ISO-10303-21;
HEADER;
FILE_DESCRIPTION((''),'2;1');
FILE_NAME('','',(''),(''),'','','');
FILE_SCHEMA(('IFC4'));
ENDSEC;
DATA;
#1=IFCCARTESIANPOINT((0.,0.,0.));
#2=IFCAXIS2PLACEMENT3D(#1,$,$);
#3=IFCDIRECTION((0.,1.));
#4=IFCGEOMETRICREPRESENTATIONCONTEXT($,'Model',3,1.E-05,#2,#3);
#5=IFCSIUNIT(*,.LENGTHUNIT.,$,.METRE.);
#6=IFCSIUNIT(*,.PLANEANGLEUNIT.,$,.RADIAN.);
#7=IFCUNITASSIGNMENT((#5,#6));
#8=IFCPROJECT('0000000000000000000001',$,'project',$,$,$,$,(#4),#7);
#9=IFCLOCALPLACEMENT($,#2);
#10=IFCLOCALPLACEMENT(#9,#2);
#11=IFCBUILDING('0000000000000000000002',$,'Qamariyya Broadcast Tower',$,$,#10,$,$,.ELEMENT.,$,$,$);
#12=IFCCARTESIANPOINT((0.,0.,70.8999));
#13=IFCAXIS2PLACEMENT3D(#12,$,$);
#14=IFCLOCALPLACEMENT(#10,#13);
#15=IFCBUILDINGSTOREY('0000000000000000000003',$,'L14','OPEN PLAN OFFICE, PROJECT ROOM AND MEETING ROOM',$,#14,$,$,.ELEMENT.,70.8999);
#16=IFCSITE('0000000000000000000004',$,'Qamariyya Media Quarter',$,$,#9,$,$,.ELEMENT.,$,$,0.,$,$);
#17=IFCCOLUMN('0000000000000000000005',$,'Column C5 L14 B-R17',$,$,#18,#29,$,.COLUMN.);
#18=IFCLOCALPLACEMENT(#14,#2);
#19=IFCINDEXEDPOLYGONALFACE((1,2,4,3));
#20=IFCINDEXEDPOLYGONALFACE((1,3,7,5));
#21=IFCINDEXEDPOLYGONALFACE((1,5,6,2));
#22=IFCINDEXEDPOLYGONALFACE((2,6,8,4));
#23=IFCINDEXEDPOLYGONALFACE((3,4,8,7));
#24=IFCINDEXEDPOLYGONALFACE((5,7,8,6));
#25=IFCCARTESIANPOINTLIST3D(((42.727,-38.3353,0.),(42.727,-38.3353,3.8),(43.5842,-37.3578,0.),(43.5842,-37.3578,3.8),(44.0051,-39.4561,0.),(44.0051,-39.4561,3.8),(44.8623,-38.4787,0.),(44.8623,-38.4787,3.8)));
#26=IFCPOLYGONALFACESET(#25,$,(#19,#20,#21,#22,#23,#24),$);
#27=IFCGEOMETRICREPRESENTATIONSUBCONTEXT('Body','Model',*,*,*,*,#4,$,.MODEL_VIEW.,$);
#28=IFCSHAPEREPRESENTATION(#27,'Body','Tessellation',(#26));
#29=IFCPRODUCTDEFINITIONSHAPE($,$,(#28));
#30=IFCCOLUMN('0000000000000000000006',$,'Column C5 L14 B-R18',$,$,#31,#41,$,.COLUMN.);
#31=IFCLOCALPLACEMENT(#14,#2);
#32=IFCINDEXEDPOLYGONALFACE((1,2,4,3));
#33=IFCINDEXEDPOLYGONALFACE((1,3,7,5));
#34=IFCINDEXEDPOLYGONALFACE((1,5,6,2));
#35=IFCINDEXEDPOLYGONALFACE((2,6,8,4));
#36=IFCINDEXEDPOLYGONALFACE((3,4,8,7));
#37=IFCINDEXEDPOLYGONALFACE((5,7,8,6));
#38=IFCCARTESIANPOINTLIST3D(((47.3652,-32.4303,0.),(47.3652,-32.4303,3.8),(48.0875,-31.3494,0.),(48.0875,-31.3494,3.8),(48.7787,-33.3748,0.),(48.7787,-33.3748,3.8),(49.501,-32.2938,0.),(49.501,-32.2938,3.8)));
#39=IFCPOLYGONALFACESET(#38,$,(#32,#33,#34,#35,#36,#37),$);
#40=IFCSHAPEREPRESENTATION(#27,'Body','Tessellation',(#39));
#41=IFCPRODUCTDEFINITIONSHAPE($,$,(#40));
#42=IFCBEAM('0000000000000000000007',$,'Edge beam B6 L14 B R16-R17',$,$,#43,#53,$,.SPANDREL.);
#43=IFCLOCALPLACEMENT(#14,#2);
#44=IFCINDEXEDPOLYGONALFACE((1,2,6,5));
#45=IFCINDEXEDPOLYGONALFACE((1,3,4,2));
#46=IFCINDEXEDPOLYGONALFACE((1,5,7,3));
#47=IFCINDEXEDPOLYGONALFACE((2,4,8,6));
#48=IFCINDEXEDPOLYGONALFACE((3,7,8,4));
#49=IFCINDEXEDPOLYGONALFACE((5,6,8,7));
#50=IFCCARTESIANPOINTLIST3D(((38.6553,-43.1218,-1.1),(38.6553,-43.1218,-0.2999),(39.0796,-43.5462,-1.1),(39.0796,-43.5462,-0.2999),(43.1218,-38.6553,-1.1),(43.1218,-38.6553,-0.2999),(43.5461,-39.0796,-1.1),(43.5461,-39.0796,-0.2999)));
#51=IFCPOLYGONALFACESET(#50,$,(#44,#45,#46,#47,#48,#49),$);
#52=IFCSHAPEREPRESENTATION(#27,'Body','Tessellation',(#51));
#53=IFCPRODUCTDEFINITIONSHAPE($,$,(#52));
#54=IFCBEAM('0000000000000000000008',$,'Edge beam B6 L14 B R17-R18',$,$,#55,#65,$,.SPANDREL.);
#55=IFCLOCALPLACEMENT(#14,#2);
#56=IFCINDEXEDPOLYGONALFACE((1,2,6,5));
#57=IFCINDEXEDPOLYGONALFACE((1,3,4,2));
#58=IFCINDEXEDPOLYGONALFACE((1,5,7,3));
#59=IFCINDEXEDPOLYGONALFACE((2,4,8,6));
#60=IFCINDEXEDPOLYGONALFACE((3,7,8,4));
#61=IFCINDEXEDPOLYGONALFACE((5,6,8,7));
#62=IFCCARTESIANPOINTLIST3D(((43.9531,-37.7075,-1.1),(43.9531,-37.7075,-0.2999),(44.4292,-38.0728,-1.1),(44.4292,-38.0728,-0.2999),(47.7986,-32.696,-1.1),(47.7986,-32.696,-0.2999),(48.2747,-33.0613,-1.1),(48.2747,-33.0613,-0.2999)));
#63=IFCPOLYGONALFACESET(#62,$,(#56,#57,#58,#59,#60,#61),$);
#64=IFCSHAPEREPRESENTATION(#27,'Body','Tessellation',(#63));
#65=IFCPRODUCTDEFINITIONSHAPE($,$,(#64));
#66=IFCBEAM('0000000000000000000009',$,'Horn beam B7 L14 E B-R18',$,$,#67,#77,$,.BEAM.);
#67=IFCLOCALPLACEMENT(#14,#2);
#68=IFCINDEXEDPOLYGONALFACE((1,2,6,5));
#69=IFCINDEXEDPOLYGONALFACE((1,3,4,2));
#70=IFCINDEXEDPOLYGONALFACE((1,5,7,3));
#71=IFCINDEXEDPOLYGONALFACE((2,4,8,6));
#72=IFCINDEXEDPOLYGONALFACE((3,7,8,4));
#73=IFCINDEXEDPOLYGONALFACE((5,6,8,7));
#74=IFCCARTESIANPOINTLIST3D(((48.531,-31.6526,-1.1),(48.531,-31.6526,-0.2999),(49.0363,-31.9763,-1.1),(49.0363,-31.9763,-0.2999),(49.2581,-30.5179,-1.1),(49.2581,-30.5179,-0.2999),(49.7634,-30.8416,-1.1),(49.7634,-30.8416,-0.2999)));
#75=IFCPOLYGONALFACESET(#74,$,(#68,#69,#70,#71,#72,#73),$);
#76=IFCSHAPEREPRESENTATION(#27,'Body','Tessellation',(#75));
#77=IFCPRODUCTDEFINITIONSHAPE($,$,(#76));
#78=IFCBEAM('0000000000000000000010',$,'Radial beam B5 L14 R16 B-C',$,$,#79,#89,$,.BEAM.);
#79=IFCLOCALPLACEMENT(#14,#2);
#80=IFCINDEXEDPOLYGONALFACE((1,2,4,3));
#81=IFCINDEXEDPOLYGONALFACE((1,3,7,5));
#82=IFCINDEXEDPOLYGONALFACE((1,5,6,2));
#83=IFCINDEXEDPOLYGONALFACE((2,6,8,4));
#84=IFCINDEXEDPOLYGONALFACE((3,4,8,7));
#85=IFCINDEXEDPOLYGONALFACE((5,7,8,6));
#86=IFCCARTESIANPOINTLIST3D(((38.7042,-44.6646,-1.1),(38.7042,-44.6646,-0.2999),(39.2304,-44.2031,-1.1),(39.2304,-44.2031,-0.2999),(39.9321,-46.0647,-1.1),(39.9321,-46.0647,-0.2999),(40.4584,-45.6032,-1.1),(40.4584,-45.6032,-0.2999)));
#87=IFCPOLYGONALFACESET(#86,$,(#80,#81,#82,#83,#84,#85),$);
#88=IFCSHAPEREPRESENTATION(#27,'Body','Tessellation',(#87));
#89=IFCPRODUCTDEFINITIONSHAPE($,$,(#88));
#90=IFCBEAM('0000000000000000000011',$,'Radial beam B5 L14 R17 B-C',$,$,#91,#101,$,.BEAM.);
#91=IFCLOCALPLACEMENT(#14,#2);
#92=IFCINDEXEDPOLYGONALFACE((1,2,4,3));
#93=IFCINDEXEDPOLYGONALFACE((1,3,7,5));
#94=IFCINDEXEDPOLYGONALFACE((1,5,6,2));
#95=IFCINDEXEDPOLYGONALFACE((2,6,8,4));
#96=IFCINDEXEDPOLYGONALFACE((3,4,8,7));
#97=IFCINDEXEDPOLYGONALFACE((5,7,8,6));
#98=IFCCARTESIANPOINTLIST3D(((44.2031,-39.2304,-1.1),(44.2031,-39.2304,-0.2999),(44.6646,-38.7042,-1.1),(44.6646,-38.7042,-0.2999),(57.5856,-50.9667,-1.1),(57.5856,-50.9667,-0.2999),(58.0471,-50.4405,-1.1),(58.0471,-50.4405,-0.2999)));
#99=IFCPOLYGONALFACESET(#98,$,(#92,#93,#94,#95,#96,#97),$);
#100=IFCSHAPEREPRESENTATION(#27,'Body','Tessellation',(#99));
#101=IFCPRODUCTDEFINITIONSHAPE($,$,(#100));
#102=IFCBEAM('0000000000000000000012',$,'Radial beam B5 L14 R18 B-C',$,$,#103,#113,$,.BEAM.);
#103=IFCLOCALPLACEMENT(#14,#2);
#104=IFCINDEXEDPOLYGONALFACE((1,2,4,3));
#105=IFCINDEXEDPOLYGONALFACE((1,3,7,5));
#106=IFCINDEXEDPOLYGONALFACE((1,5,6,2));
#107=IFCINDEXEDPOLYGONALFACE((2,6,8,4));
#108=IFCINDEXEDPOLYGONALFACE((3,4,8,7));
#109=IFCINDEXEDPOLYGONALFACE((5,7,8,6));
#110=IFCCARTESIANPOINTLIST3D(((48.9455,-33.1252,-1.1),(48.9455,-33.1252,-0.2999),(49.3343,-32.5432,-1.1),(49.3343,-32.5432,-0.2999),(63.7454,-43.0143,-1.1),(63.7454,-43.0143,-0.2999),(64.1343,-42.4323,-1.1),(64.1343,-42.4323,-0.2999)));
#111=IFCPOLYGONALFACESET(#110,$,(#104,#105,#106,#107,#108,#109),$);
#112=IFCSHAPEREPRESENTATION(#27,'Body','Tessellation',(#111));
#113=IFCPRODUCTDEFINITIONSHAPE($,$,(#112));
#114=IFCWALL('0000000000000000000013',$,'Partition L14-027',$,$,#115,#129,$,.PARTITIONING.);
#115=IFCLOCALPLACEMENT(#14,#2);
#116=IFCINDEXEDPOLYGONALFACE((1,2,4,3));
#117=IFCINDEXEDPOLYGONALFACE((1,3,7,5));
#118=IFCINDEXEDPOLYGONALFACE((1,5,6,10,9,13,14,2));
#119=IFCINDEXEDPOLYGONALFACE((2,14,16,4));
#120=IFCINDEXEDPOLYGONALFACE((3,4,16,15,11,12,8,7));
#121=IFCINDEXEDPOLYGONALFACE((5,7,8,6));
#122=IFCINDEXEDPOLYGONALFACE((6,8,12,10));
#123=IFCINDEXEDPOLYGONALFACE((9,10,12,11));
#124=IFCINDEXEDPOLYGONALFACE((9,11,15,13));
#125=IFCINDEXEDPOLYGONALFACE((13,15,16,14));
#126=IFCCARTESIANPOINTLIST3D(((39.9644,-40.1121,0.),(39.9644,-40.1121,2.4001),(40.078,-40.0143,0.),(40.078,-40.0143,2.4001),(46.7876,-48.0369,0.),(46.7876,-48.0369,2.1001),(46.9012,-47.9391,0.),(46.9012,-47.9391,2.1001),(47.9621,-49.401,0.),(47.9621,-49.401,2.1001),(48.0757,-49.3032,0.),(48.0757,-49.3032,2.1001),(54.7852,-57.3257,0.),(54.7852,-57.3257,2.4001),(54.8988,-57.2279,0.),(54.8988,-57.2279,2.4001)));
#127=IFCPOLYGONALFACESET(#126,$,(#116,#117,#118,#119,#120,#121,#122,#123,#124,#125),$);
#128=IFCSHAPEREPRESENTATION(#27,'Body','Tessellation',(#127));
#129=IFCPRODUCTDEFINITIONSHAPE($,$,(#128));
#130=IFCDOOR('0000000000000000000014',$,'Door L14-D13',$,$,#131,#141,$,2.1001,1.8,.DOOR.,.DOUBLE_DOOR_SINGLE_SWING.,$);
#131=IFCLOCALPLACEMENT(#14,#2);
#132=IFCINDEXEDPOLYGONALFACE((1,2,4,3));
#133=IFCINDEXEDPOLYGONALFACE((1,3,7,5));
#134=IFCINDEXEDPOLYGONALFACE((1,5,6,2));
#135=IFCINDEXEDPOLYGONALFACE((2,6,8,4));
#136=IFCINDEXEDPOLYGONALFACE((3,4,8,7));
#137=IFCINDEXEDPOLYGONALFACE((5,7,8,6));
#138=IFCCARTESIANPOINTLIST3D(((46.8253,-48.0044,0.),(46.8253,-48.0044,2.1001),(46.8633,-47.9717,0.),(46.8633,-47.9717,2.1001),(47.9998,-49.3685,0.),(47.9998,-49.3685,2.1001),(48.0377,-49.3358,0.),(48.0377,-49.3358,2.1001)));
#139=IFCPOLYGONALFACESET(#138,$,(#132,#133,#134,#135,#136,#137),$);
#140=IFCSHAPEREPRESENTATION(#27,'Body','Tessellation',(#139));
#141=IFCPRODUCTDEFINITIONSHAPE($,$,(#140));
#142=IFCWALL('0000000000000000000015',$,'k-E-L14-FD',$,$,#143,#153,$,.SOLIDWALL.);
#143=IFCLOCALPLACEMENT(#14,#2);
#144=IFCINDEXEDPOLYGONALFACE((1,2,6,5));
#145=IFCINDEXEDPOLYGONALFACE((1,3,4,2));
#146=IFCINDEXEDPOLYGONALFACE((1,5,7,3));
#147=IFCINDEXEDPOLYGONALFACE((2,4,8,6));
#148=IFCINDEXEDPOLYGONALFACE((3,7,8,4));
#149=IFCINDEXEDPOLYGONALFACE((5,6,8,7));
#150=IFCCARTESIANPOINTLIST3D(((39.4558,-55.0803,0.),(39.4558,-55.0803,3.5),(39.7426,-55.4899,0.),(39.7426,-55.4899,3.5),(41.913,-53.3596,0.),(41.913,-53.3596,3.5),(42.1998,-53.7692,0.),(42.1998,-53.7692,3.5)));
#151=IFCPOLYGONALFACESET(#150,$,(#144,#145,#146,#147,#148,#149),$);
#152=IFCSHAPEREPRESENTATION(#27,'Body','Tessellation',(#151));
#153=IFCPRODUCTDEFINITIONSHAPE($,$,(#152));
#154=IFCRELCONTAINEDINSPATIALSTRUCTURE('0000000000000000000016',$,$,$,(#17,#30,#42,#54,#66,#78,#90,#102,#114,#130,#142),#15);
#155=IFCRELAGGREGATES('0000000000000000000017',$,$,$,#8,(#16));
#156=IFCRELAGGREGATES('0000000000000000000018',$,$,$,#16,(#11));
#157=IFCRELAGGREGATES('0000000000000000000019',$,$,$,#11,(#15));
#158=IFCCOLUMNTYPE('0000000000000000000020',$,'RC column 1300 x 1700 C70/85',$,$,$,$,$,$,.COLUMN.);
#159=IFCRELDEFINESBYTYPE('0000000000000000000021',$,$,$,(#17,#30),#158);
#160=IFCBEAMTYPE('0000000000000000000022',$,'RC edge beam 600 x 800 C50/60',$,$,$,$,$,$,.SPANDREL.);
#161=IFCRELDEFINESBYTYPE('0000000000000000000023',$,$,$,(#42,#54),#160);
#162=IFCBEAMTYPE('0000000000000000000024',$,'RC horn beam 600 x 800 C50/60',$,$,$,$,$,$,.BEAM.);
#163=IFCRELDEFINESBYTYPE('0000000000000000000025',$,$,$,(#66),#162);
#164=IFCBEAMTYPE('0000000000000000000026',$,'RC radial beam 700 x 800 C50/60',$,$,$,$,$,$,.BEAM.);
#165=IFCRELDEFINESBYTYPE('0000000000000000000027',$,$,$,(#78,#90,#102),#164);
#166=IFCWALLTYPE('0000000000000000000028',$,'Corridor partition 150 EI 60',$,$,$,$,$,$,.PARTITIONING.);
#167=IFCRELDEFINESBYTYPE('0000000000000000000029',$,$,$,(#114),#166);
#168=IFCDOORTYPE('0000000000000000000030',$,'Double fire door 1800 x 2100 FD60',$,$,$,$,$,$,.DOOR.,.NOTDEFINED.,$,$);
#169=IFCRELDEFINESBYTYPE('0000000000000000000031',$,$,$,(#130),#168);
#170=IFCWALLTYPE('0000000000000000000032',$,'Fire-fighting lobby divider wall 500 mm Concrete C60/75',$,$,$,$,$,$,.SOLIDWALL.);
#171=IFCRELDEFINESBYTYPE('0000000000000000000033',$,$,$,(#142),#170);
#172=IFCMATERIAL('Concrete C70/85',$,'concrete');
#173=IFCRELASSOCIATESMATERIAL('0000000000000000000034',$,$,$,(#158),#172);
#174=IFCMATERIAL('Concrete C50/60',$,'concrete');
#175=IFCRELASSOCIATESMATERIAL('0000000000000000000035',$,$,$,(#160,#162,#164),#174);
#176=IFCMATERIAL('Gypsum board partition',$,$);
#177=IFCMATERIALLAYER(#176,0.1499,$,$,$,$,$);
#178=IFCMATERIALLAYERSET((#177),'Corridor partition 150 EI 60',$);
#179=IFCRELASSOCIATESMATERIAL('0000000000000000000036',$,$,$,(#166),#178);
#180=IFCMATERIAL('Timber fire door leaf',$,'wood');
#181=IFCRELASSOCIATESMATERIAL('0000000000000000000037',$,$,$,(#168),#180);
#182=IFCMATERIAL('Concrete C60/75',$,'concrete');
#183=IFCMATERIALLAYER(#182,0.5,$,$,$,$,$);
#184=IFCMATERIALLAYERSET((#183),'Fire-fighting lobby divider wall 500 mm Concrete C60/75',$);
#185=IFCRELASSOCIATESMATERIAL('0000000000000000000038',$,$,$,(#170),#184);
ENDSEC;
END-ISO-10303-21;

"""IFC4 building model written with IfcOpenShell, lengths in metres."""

from ifc_helpers import new_model, si_unit, direction, frame, frame_2d, origin, origin_2d, place, context, subcontext, project, spatial, rectangle, extrude, material, layer, layer_set, material_profile, profile_set, type_object, element, fill, save


model = new_model("IFC4")

# Units and contexts
model_context = context("Model", 3, precision=1e-05, world=origin(), true_north=direction((0.0, 1.0)))
body_context = subcontext(model_context, "Body", "Model", "MODEL_VIEW")
ifc_project = project(units=[si_unit("LENGTHUNIT", "METRE"), si_unit("PLANEANGLEUNIT", "RADIAN")], contexts=[model_context])

# Site, building, storey
site_placement = place(None, origin())
site = spatial("IfcSite", under=ifc_project, at=site_placement, Name="Qamariyya Media Quarter", CompositionType="ELEMENT", RefElevation=0.0)
building_placement = place(site_placement, origin())
building = spatial("IfcBuilding", under=site, at=building_placement, Name="Qamariyya Broadcast Tower", CompositionType="ELEMENT")
storey_placement = place(building_placement, frame((0.0, 0.0, 70.8999)))
storey = spatial("IfcBuildingStorey", under=building, at=storey_placement, Name="L14", Description="OPEN PLAN OFFICE, PROJECT ROOM AND MEETING ROOM", CompositionType="ELEMENT", Elevation=70.8999)

# Columns
ifc_material_1 = material(Name="Concrete C70/85", Category="concrete")
ifc_material_profile_1 = material_profile(ifc_material_1, rectangle(XDim=1.3, YDim=1.7, at=origin_2d()))
ifc_profile_set_1 = profile_set([ifc_material_profile_1], Name="Concrete C70/85")
column_type = type_object("IfcColumnType", Name="RC column 1300 x 1700 C70/85", PredefinedType="COLUMN", material=ifc_profile_set_1)
for number, where, z_axis, x_axis, name in (
    (1, (43.7947, -38.407, 0.0), (0.0, 0.0, 1.0), (0.659346, 0.75184, 0.0), "Column C5 L14 B-R17"),
    (2, (48.4331, -32.3621, 0.0), (0.0, 0.0, 1.0), (0.55557, 0.83147, 0.0), "Column C5 L14 B-R18"),
):
    element("IfcColumn", number, at=place(storey_placement, frame(where, z_axis=z_axis, x_axis=x_axis)), inside=storey, type_object=column_type, Name=name, PredefinedType="COLUMN", context=body_context, shape_type="SweptSolid", body=[
        extrude(rectangle(XDim=1.3, YDim=1.7, at=origin_2d()), origin(), (0.0, 0.0, 1.0), 3.8),
    ])

# Beams
ifc_material_2 = material(Name="Concrete C50/60", Category="concrete")
ifc_material_profile_2 = material_profile(ifc_material_2, rectangle(XDim=0.6001, YDim=0.8, at=origin_2d()))
ifc_profile_set_2 = profile_set([ifc_material_profile_2], Name="Concrete C50/60")
beam_type_1 = type_object("IfcBeamType", Name="RC edge beam 600 x 800 C50/60", PredefinedType="SPANDREL", material=ifc_profile_set_2)
beam_1_placement = place(storey_placement, frame((38.8674, -43.334, -0.7), z_axis=(0.707107, 0.707107, 0.0), x_axis=(-0.707107, 0.707107, 0.0)))
element("IfcBeam", 3, at=beam_1_placement, inside=storey, type_object=beam_type_1, Name="Edge beam B6 L14 B R16-R17", PredefinedType="SPANDREL", context=body_context, shape_type="SweptSolid", body=[
    extrude(rectangle(XDim=0.6001, YDim=0.8, at=origin_2d()), origin(), (0.0, 0.0, 1.0), 6.3167),
])
beam_2_placement = place(storey_placement, frame((44.1912, -37.8901, -0.7), z_axis=(0.608763, 0.793352, 0.0), x_axis=(-0.793352, 0.608763, 0.0)))
element("IfcBeam", 4, at=beam_2_placement, inside=storey, type_object=beam_type_1, Name="Edge beam B6 L14 B R17-R18", PredefinedType="SPANDREL", context=body_context, shape_type="SweptSolid", body=[
    extrude(rectangle(XDim=0.6001, YDim=0.8, at=origin_2d()), origin(), (0.0, 0.0, 1.0), 6.3169),
])
ifc_material_profile_3 = material_profile(ifc_material_2, rectangle(XDim=0.6001, YDim=0.8, at=origin_2d()))
ifc_profile_set_3 = profile_set([ifc_material_profile_3], Name="Concrete C50/60")
beam_type_2 = type_object("IfcBeamType", Name="RC horn beam 600 x 800 C50/60", PredefinedType="BEAM", material=ifc_profile_set_3)
beam_3_placement = place(storey_placement, frame((48.7837, -31.8145, -0.7), z_axis=(0.539475, 0.842002, 0.0), x_axis=(-0.842002, 0.539475, 0.0)))
element("IfcBeam", 5, at=beam_3_placement, inside=storey, type_object=beam_type_2, Name="Horn beam B7 L14 E B-R18", PredefinedType="BEAM", context=body_context, shape_type="SweptSolid", body=[
    extrude(rectangle(XDim=0.6001, YDim=0.8, at=origin_2d()), origin(), (0.0, 0.0, 1.0), 1.3477),
])
ifc_material_profile_4 = material_profile(ifc_material_2, rectangle(XDim=0.7, YDim=0.8, at=origin_2d()))
ifc_profile_set_4 = profile_set([ifc_material_profile_4], Name="Concrete C50/60")
beam_type_3 = type_object("IfcBeamType", Name="RC radial beam 700 x 800 C50/60", PredefinedType="BEAM", material=ifc_profile_set_4)
beam_4_placement = place(storey_placement, frame((38.9673, -44.4338, -0.7), z_axis=(0.659386, -0.751805, 0.0), x_axis=(0.751805, 0.659386, 0.0)))
element("IfcBeam", 6, at=beam_4_placement, inside=storey, type_object=beam_type_3, Name="Radial beam B5 L14 R16 B-C", PredefinedType="BEAM", context=body_context, shape_type="SweptSolid", body=[
    extrude(rectangle(XDim=0.7, YDim=0.8, at=origin_2d()), origin(), (0.0, 0.0, 1.0), 1.8623),
])
for number, where, z_axis, x_axis, name in (
    (7, (44.4338, -38.9673, -0.7), (0.751836, -0.65935, 0.0), (0.65935, 0.751836, 0.0), "Radial beam B5 L14 R17 B-C"),
    (8, (49.1399, -32.8342, -0.7), (0.831467, -0.555573, 0.0), (0.555573, 0.831467, 0.0), "Radial beam B5 L14 R18 B-C"),
):
    element("IfcBeam", number, at=place(storey_placement, frame(where, z_axis=z_axis, x_axis=x_axis)), inside=storey, type_object=beam_type_3, Name=name, PredefinedType="BEAM", context=body_context, shape_type="SweptSolid", body=[
        extrude(rectangle(XDim=0.7, YDim=0.8, at=origin_2d()), origin(), (0.0, 0.0, 1.0), 17.7998),
    ])

# Wall, opening, door
ifc_material_3 = material(Name="Gypsum board partition")
ifc_layer_1 = layer(ifc_material_3, 0.1499)
ifc_layer_set_1 = layer_set([ifc_layer_1], Name="Corridor partition 150 EI 60")
wall_type_1 = type_object("IfcWallType", Name="Corridor partition 150 EI 60", PredefinedType="PARTITIONING", material=ifc_layer_set_1)
wall_1_placement = place(storey_placement, frame((40.0212, -40.0632, 0.0), z_axis=(0.0, 0.0, 1.0), x_axis=(0.652472, -0.757813, 0.0)))
wall_1 = element("IfcWall", 9, at=wall_1_placement, inside=storey, type_object=wall_type_1, Name="Partition L14-027", PredefinedType="PARTITIONING", context=body_context, shape_type="SweptSolid", body=[
    extrude(rectangle(XDim=22.7148, YDim=0.1499, at=frame_2d((11.3574, 0.0))), origin(), (0.0, 0.0, 1.0), 2.4001),
])
opening_1_placement = place(wall_1_placement, frame((10.4575, 0.0, 0.0)))
opening_1 = element("IfcOpeningElement", 10, at=opening_1_placement, cuts=wall_1, PredefinedType="OPENING", context=body_context, shape_type="SweptSolid", body=[
    extrude(rectangle(XDim=1.8, YDim=2.1001, at=frame_2d((0.8999, 1.05))), frame((0.0, 0.085, 0.0), z_axis=(0.0, -1.0, 0.0), x_axis=(1.0, 0.0, 0.0)), (0.0, 0.0, 1.0), 0.1699),
])
ifc_material_4 = material(Name="Timber fire door leaf", Category="wood")
door_type = type_object("IfcDoorType", Name="Double fire door 1800 x 2100 FD60", OperationType="NOTDEFINED", PredefinedType="DOOR", material=ifc_material_4)
door_placement = place(opening_1_placement, origin())
door = element("IfcDoor", 11, at=door_placement, inside=storey, type_object=door_type, Name="Door L14-D13", OperationType="DOUBLE_DOOR_SINGLE_SWING", OverallHeight=2.1001, OverallWidth=1.8, PredefinedType="DOOR", context=body_context, shape_type="SweptSolid", body=[
    extrude(rectangle(XDim=1.8, YDim=2.1001, at=frame_2d((0.8999, 1.05))), frame((0.0, 0.0249, 0.0), z_axis=(0.0, -1.0, 0.0), x_axis=(1.0, 0.0, 0.0)), (0.0, 0.0, 1.0), 0.05),
])
fill(opening_1, door)

# Wall
ifc_material_5 = material(Name="Concrete C60/75", Category="concrete")
ifc_layer_2 = layer(ifc_material_5, 0.5)
ifc_layer_set_2 = layer_set([ifc_layer_2], Name="Fire-fighting lobby divider wall 500 mm Concrete C60/75")
wall_type_2 = type_object("IfcWallType", Name="Fire-fighting lobby divider wall 500 mm Concrete C60/75", PredefinedType="SOLIDWALL", material=ifc_layer_set_2)
wall_2_placement = place(storey_placement, frame((39.5991, -55.2852, 0.0), z_axis=(0.0, 0.0, 1.0), x_axis=(0.819136, 0.573599, 0.0)))
element("IfcWall", 12, at=wall_2_placement, inside=storey, type_object=wall_type_2, Name="k-E-L14-FD", PredefinedType="SOLIDWALL", context=body_context, shape_type="SweptSolid", body=[
    extrude(rectangle(XDim=2.9998, YDim=0.5, at=frame_2d((1.5, 0.0))), origin(), (0.0, 0.0, 1.0), 3.5),
])

save(model, "model.ifc")
